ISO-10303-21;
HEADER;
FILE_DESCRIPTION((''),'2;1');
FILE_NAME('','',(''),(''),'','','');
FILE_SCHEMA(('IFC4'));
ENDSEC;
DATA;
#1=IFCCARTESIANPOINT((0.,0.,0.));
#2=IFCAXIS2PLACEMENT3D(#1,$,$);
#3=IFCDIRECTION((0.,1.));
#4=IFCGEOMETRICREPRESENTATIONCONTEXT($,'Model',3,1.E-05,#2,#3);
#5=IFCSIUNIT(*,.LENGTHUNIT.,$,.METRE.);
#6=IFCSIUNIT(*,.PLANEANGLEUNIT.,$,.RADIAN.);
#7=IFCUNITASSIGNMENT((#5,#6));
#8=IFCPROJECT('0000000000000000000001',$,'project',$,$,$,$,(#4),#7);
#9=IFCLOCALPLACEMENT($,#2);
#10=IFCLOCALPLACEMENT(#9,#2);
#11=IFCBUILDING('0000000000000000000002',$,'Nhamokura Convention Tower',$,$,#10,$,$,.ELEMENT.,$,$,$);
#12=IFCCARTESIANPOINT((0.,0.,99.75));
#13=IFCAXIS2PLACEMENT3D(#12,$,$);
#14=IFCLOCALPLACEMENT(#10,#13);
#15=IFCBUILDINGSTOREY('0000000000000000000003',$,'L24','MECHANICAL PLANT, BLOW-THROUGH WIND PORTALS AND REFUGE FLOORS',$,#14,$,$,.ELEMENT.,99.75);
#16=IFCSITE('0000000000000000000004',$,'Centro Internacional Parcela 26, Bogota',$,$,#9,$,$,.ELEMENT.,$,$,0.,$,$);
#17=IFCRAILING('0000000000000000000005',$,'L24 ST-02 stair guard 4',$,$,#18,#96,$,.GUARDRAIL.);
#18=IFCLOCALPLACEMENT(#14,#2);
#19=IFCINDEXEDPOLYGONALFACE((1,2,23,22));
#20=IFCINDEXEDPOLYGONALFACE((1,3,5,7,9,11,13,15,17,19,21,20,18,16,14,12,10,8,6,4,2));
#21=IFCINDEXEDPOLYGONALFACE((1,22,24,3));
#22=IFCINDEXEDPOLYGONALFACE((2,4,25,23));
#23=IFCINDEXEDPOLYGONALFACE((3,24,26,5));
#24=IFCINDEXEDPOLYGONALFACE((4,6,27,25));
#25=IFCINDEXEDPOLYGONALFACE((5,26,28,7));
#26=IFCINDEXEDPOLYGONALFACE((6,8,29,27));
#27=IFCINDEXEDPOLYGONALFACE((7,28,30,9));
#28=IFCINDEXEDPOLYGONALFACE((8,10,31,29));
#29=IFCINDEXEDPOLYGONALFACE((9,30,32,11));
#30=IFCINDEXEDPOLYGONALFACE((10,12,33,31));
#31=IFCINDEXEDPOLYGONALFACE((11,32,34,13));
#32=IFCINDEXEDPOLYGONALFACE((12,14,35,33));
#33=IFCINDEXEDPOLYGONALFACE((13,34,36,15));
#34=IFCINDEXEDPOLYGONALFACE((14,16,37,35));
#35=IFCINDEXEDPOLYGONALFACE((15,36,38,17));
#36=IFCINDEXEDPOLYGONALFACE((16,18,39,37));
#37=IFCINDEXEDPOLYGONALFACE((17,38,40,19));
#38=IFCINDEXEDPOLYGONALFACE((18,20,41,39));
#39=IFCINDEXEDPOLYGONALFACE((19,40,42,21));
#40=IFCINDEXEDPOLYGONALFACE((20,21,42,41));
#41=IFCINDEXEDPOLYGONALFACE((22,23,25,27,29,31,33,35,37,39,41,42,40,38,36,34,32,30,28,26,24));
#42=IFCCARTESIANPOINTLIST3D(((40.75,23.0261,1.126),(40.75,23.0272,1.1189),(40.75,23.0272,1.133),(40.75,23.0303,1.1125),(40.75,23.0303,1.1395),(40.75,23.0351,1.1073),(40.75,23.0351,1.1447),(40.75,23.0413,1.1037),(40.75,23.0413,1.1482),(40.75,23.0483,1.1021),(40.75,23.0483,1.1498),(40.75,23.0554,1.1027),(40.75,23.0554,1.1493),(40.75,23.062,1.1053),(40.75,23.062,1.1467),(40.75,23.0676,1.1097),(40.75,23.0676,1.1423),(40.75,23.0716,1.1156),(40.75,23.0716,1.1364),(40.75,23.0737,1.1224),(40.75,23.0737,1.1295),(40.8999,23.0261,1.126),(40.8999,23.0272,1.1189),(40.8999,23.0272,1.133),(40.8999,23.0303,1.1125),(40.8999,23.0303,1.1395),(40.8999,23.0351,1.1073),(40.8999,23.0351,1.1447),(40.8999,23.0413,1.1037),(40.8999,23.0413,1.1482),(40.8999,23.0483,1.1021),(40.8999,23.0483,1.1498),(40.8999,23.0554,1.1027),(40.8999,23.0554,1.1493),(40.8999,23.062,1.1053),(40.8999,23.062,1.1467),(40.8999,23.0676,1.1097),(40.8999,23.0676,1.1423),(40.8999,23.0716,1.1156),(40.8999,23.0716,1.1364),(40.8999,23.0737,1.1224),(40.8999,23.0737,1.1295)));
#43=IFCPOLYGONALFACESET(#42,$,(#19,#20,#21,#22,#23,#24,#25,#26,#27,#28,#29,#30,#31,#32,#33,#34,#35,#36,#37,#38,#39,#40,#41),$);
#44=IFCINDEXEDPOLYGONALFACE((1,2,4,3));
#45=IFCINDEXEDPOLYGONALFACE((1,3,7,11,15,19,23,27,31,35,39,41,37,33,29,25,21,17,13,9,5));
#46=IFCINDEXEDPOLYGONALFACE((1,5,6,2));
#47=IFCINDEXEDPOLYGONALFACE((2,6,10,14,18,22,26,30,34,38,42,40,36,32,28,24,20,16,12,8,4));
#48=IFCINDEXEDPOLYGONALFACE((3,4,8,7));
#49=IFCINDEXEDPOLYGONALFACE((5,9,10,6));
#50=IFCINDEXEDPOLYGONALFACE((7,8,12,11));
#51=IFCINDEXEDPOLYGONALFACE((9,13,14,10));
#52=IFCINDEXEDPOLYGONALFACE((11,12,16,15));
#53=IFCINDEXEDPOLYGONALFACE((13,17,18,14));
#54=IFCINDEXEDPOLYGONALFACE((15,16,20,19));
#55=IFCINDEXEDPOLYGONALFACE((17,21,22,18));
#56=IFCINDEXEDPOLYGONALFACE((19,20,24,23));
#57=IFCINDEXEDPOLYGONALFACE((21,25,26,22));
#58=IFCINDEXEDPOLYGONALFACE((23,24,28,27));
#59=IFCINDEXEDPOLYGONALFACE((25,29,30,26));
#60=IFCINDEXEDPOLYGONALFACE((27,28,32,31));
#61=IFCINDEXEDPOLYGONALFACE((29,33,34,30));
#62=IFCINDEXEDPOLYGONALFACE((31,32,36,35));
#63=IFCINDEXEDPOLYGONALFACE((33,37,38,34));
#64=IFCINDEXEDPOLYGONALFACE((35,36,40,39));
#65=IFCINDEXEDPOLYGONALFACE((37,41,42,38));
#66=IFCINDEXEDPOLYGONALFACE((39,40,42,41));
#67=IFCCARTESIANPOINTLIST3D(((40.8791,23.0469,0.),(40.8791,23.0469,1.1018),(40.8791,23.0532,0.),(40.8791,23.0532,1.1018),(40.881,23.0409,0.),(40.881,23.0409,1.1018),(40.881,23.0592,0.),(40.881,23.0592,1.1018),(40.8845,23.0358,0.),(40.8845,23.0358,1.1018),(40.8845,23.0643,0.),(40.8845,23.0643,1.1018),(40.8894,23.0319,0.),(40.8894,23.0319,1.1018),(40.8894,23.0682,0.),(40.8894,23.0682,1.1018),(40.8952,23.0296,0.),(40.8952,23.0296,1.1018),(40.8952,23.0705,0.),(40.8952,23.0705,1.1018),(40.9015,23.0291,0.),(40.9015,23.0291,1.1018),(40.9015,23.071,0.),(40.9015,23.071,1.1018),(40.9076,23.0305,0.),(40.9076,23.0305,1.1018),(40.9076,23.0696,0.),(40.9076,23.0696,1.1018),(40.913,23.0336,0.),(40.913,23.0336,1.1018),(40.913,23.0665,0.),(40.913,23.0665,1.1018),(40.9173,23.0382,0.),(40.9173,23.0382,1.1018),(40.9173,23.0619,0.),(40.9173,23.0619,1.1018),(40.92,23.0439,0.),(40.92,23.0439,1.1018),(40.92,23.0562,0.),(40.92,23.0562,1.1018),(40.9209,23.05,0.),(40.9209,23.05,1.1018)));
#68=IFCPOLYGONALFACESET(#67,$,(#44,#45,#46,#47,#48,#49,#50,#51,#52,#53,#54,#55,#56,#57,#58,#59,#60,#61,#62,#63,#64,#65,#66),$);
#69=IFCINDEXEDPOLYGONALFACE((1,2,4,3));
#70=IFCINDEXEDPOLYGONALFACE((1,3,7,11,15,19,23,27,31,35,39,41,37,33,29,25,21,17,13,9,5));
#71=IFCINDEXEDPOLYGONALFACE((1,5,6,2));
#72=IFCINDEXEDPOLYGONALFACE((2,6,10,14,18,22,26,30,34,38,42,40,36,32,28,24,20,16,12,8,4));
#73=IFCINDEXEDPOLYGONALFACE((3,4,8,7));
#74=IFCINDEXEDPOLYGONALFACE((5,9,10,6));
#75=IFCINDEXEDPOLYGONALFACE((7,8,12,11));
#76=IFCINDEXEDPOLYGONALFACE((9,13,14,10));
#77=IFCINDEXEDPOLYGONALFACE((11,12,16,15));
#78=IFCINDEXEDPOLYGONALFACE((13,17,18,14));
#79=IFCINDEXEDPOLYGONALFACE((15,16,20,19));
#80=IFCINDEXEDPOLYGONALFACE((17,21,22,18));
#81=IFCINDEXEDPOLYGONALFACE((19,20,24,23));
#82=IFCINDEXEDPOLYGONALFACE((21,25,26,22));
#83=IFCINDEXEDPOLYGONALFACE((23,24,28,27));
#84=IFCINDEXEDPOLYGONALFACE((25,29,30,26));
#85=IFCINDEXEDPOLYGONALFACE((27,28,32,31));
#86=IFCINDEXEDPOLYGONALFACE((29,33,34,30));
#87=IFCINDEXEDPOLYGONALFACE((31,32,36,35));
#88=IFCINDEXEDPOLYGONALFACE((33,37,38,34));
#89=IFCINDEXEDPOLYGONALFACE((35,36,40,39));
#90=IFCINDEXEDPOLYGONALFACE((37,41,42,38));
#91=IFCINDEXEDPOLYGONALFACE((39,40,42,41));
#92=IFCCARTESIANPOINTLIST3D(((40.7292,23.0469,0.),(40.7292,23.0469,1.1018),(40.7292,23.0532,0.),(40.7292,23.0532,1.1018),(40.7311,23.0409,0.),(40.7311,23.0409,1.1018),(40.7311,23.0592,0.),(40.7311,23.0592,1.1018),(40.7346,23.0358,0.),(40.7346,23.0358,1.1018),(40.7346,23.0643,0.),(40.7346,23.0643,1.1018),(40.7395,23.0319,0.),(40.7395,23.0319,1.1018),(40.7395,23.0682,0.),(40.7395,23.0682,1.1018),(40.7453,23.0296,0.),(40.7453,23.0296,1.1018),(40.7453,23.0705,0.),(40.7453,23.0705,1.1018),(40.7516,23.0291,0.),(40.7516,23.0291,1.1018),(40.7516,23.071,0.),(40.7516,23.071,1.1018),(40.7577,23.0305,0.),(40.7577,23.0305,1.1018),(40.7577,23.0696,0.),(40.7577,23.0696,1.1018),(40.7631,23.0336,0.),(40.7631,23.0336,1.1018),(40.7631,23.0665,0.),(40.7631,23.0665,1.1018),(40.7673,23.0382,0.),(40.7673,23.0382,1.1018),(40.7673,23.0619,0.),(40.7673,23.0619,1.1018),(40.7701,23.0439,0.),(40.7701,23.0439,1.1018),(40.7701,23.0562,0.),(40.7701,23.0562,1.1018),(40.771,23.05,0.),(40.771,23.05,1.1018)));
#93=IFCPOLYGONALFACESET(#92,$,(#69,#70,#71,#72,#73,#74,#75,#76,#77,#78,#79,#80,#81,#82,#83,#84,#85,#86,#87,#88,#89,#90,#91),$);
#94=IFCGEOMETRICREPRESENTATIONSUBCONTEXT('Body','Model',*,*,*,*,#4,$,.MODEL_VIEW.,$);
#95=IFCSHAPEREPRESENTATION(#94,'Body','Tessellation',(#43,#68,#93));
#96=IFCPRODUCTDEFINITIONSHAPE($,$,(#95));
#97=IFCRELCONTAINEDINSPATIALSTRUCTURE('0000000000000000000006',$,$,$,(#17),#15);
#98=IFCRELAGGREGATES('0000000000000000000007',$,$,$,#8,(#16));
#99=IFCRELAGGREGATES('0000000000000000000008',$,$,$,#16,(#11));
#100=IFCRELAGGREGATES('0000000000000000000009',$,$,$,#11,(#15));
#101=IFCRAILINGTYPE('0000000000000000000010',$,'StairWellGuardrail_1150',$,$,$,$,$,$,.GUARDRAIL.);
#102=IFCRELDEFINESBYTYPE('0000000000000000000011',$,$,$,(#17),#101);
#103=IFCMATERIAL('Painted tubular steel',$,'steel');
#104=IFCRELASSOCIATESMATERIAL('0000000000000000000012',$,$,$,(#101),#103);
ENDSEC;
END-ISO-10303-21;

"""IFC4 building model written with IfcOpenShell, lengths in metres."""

from ifc_helpers import new_model, si_unit, direction, frame, origin, origin_2d, place, context, subcontext, project, spatial, circle, extrude, material, type_object, element, save


model = new_model("IFC4")

# Units and contexts
model_context = context("Model", 3, precision=1e-05, world=origin(), true_north=direction((0.0, 1.0)))
body_context = subcontext(model_context, "Body", "Model", "MODEL_VIEW")
ifc_project = project(units=[si_unit("LENGTHUNIT", "METRE"), si_unit("PLANEANGLEUNIT", "RADIAN")], contexts=[model_context])

# Site, building, storey
site_placement = place(None, origin())
site = spatial("IfcSite", under=ifc_project, at=site_placement, Name="Centro Internacional Parcela 26, Bogota", CompositionType="ELEMENT", RefElevation=0.0)
building_placement = place(site_placement, origin())
building = spatial("IfcBuilding", under=site, at=building_placement, Name="Nhamokura Convention Tower", CompositionType="ELEMENT")
storey_placement = place(building_placement, frame((0.0, 0.0, 99.75)))
storey = spatial("IfcBuildingStorey", under=building, at=storey_placement, Name="L24", Description="MECHANICAL PLANT, BLOW-THROUGH WIND PORTALS AND REFUGE FLOORS", CompositionType="ELEMENT", Elevation=99.75)

# Railing
ifc_material_1 = material(Name="Painted tubular steel", Category="steel")
railing_type_1 = type_object("IfcRailingType", Name="StairWellGuardrail_1150", PredefinedType="GUARDRAIL", material=ifc_material_1)
railing_1_placement = place(storey_placement, frame((40.8999, 23.05, 0.0)))
element("IfcRailing", 1, at=railing_1_placement, inside=storey, type_object=railing_type_1, Name="L24 ST-02 stair guard 4", PredefinedType="GUARDRAIL", context=body_context, shape_type="SweptSolid", body=[
    extrude(circle(Radius=0.0239, at=origin_2d()), frame((0.0, 0.0, 1.126), z_axis=(-1.0, 0.0, 0.0), x_axis=(0.0, -1.0, 0.0)), (0.0, 0.0, 1.0), 0.1499),
    extrude(circle(Radius=0.021, at=origin_2d()), origin(), (0.0, 0.0, 1.0), 1.1018),
    extrude(circle(Radius=0.021, at=origin_2d()), frame((-0.1499, 0.0, 0.0)), (0.0, 0.0, 1.0), 1.1018),
])

save(model, "model.ifc")
